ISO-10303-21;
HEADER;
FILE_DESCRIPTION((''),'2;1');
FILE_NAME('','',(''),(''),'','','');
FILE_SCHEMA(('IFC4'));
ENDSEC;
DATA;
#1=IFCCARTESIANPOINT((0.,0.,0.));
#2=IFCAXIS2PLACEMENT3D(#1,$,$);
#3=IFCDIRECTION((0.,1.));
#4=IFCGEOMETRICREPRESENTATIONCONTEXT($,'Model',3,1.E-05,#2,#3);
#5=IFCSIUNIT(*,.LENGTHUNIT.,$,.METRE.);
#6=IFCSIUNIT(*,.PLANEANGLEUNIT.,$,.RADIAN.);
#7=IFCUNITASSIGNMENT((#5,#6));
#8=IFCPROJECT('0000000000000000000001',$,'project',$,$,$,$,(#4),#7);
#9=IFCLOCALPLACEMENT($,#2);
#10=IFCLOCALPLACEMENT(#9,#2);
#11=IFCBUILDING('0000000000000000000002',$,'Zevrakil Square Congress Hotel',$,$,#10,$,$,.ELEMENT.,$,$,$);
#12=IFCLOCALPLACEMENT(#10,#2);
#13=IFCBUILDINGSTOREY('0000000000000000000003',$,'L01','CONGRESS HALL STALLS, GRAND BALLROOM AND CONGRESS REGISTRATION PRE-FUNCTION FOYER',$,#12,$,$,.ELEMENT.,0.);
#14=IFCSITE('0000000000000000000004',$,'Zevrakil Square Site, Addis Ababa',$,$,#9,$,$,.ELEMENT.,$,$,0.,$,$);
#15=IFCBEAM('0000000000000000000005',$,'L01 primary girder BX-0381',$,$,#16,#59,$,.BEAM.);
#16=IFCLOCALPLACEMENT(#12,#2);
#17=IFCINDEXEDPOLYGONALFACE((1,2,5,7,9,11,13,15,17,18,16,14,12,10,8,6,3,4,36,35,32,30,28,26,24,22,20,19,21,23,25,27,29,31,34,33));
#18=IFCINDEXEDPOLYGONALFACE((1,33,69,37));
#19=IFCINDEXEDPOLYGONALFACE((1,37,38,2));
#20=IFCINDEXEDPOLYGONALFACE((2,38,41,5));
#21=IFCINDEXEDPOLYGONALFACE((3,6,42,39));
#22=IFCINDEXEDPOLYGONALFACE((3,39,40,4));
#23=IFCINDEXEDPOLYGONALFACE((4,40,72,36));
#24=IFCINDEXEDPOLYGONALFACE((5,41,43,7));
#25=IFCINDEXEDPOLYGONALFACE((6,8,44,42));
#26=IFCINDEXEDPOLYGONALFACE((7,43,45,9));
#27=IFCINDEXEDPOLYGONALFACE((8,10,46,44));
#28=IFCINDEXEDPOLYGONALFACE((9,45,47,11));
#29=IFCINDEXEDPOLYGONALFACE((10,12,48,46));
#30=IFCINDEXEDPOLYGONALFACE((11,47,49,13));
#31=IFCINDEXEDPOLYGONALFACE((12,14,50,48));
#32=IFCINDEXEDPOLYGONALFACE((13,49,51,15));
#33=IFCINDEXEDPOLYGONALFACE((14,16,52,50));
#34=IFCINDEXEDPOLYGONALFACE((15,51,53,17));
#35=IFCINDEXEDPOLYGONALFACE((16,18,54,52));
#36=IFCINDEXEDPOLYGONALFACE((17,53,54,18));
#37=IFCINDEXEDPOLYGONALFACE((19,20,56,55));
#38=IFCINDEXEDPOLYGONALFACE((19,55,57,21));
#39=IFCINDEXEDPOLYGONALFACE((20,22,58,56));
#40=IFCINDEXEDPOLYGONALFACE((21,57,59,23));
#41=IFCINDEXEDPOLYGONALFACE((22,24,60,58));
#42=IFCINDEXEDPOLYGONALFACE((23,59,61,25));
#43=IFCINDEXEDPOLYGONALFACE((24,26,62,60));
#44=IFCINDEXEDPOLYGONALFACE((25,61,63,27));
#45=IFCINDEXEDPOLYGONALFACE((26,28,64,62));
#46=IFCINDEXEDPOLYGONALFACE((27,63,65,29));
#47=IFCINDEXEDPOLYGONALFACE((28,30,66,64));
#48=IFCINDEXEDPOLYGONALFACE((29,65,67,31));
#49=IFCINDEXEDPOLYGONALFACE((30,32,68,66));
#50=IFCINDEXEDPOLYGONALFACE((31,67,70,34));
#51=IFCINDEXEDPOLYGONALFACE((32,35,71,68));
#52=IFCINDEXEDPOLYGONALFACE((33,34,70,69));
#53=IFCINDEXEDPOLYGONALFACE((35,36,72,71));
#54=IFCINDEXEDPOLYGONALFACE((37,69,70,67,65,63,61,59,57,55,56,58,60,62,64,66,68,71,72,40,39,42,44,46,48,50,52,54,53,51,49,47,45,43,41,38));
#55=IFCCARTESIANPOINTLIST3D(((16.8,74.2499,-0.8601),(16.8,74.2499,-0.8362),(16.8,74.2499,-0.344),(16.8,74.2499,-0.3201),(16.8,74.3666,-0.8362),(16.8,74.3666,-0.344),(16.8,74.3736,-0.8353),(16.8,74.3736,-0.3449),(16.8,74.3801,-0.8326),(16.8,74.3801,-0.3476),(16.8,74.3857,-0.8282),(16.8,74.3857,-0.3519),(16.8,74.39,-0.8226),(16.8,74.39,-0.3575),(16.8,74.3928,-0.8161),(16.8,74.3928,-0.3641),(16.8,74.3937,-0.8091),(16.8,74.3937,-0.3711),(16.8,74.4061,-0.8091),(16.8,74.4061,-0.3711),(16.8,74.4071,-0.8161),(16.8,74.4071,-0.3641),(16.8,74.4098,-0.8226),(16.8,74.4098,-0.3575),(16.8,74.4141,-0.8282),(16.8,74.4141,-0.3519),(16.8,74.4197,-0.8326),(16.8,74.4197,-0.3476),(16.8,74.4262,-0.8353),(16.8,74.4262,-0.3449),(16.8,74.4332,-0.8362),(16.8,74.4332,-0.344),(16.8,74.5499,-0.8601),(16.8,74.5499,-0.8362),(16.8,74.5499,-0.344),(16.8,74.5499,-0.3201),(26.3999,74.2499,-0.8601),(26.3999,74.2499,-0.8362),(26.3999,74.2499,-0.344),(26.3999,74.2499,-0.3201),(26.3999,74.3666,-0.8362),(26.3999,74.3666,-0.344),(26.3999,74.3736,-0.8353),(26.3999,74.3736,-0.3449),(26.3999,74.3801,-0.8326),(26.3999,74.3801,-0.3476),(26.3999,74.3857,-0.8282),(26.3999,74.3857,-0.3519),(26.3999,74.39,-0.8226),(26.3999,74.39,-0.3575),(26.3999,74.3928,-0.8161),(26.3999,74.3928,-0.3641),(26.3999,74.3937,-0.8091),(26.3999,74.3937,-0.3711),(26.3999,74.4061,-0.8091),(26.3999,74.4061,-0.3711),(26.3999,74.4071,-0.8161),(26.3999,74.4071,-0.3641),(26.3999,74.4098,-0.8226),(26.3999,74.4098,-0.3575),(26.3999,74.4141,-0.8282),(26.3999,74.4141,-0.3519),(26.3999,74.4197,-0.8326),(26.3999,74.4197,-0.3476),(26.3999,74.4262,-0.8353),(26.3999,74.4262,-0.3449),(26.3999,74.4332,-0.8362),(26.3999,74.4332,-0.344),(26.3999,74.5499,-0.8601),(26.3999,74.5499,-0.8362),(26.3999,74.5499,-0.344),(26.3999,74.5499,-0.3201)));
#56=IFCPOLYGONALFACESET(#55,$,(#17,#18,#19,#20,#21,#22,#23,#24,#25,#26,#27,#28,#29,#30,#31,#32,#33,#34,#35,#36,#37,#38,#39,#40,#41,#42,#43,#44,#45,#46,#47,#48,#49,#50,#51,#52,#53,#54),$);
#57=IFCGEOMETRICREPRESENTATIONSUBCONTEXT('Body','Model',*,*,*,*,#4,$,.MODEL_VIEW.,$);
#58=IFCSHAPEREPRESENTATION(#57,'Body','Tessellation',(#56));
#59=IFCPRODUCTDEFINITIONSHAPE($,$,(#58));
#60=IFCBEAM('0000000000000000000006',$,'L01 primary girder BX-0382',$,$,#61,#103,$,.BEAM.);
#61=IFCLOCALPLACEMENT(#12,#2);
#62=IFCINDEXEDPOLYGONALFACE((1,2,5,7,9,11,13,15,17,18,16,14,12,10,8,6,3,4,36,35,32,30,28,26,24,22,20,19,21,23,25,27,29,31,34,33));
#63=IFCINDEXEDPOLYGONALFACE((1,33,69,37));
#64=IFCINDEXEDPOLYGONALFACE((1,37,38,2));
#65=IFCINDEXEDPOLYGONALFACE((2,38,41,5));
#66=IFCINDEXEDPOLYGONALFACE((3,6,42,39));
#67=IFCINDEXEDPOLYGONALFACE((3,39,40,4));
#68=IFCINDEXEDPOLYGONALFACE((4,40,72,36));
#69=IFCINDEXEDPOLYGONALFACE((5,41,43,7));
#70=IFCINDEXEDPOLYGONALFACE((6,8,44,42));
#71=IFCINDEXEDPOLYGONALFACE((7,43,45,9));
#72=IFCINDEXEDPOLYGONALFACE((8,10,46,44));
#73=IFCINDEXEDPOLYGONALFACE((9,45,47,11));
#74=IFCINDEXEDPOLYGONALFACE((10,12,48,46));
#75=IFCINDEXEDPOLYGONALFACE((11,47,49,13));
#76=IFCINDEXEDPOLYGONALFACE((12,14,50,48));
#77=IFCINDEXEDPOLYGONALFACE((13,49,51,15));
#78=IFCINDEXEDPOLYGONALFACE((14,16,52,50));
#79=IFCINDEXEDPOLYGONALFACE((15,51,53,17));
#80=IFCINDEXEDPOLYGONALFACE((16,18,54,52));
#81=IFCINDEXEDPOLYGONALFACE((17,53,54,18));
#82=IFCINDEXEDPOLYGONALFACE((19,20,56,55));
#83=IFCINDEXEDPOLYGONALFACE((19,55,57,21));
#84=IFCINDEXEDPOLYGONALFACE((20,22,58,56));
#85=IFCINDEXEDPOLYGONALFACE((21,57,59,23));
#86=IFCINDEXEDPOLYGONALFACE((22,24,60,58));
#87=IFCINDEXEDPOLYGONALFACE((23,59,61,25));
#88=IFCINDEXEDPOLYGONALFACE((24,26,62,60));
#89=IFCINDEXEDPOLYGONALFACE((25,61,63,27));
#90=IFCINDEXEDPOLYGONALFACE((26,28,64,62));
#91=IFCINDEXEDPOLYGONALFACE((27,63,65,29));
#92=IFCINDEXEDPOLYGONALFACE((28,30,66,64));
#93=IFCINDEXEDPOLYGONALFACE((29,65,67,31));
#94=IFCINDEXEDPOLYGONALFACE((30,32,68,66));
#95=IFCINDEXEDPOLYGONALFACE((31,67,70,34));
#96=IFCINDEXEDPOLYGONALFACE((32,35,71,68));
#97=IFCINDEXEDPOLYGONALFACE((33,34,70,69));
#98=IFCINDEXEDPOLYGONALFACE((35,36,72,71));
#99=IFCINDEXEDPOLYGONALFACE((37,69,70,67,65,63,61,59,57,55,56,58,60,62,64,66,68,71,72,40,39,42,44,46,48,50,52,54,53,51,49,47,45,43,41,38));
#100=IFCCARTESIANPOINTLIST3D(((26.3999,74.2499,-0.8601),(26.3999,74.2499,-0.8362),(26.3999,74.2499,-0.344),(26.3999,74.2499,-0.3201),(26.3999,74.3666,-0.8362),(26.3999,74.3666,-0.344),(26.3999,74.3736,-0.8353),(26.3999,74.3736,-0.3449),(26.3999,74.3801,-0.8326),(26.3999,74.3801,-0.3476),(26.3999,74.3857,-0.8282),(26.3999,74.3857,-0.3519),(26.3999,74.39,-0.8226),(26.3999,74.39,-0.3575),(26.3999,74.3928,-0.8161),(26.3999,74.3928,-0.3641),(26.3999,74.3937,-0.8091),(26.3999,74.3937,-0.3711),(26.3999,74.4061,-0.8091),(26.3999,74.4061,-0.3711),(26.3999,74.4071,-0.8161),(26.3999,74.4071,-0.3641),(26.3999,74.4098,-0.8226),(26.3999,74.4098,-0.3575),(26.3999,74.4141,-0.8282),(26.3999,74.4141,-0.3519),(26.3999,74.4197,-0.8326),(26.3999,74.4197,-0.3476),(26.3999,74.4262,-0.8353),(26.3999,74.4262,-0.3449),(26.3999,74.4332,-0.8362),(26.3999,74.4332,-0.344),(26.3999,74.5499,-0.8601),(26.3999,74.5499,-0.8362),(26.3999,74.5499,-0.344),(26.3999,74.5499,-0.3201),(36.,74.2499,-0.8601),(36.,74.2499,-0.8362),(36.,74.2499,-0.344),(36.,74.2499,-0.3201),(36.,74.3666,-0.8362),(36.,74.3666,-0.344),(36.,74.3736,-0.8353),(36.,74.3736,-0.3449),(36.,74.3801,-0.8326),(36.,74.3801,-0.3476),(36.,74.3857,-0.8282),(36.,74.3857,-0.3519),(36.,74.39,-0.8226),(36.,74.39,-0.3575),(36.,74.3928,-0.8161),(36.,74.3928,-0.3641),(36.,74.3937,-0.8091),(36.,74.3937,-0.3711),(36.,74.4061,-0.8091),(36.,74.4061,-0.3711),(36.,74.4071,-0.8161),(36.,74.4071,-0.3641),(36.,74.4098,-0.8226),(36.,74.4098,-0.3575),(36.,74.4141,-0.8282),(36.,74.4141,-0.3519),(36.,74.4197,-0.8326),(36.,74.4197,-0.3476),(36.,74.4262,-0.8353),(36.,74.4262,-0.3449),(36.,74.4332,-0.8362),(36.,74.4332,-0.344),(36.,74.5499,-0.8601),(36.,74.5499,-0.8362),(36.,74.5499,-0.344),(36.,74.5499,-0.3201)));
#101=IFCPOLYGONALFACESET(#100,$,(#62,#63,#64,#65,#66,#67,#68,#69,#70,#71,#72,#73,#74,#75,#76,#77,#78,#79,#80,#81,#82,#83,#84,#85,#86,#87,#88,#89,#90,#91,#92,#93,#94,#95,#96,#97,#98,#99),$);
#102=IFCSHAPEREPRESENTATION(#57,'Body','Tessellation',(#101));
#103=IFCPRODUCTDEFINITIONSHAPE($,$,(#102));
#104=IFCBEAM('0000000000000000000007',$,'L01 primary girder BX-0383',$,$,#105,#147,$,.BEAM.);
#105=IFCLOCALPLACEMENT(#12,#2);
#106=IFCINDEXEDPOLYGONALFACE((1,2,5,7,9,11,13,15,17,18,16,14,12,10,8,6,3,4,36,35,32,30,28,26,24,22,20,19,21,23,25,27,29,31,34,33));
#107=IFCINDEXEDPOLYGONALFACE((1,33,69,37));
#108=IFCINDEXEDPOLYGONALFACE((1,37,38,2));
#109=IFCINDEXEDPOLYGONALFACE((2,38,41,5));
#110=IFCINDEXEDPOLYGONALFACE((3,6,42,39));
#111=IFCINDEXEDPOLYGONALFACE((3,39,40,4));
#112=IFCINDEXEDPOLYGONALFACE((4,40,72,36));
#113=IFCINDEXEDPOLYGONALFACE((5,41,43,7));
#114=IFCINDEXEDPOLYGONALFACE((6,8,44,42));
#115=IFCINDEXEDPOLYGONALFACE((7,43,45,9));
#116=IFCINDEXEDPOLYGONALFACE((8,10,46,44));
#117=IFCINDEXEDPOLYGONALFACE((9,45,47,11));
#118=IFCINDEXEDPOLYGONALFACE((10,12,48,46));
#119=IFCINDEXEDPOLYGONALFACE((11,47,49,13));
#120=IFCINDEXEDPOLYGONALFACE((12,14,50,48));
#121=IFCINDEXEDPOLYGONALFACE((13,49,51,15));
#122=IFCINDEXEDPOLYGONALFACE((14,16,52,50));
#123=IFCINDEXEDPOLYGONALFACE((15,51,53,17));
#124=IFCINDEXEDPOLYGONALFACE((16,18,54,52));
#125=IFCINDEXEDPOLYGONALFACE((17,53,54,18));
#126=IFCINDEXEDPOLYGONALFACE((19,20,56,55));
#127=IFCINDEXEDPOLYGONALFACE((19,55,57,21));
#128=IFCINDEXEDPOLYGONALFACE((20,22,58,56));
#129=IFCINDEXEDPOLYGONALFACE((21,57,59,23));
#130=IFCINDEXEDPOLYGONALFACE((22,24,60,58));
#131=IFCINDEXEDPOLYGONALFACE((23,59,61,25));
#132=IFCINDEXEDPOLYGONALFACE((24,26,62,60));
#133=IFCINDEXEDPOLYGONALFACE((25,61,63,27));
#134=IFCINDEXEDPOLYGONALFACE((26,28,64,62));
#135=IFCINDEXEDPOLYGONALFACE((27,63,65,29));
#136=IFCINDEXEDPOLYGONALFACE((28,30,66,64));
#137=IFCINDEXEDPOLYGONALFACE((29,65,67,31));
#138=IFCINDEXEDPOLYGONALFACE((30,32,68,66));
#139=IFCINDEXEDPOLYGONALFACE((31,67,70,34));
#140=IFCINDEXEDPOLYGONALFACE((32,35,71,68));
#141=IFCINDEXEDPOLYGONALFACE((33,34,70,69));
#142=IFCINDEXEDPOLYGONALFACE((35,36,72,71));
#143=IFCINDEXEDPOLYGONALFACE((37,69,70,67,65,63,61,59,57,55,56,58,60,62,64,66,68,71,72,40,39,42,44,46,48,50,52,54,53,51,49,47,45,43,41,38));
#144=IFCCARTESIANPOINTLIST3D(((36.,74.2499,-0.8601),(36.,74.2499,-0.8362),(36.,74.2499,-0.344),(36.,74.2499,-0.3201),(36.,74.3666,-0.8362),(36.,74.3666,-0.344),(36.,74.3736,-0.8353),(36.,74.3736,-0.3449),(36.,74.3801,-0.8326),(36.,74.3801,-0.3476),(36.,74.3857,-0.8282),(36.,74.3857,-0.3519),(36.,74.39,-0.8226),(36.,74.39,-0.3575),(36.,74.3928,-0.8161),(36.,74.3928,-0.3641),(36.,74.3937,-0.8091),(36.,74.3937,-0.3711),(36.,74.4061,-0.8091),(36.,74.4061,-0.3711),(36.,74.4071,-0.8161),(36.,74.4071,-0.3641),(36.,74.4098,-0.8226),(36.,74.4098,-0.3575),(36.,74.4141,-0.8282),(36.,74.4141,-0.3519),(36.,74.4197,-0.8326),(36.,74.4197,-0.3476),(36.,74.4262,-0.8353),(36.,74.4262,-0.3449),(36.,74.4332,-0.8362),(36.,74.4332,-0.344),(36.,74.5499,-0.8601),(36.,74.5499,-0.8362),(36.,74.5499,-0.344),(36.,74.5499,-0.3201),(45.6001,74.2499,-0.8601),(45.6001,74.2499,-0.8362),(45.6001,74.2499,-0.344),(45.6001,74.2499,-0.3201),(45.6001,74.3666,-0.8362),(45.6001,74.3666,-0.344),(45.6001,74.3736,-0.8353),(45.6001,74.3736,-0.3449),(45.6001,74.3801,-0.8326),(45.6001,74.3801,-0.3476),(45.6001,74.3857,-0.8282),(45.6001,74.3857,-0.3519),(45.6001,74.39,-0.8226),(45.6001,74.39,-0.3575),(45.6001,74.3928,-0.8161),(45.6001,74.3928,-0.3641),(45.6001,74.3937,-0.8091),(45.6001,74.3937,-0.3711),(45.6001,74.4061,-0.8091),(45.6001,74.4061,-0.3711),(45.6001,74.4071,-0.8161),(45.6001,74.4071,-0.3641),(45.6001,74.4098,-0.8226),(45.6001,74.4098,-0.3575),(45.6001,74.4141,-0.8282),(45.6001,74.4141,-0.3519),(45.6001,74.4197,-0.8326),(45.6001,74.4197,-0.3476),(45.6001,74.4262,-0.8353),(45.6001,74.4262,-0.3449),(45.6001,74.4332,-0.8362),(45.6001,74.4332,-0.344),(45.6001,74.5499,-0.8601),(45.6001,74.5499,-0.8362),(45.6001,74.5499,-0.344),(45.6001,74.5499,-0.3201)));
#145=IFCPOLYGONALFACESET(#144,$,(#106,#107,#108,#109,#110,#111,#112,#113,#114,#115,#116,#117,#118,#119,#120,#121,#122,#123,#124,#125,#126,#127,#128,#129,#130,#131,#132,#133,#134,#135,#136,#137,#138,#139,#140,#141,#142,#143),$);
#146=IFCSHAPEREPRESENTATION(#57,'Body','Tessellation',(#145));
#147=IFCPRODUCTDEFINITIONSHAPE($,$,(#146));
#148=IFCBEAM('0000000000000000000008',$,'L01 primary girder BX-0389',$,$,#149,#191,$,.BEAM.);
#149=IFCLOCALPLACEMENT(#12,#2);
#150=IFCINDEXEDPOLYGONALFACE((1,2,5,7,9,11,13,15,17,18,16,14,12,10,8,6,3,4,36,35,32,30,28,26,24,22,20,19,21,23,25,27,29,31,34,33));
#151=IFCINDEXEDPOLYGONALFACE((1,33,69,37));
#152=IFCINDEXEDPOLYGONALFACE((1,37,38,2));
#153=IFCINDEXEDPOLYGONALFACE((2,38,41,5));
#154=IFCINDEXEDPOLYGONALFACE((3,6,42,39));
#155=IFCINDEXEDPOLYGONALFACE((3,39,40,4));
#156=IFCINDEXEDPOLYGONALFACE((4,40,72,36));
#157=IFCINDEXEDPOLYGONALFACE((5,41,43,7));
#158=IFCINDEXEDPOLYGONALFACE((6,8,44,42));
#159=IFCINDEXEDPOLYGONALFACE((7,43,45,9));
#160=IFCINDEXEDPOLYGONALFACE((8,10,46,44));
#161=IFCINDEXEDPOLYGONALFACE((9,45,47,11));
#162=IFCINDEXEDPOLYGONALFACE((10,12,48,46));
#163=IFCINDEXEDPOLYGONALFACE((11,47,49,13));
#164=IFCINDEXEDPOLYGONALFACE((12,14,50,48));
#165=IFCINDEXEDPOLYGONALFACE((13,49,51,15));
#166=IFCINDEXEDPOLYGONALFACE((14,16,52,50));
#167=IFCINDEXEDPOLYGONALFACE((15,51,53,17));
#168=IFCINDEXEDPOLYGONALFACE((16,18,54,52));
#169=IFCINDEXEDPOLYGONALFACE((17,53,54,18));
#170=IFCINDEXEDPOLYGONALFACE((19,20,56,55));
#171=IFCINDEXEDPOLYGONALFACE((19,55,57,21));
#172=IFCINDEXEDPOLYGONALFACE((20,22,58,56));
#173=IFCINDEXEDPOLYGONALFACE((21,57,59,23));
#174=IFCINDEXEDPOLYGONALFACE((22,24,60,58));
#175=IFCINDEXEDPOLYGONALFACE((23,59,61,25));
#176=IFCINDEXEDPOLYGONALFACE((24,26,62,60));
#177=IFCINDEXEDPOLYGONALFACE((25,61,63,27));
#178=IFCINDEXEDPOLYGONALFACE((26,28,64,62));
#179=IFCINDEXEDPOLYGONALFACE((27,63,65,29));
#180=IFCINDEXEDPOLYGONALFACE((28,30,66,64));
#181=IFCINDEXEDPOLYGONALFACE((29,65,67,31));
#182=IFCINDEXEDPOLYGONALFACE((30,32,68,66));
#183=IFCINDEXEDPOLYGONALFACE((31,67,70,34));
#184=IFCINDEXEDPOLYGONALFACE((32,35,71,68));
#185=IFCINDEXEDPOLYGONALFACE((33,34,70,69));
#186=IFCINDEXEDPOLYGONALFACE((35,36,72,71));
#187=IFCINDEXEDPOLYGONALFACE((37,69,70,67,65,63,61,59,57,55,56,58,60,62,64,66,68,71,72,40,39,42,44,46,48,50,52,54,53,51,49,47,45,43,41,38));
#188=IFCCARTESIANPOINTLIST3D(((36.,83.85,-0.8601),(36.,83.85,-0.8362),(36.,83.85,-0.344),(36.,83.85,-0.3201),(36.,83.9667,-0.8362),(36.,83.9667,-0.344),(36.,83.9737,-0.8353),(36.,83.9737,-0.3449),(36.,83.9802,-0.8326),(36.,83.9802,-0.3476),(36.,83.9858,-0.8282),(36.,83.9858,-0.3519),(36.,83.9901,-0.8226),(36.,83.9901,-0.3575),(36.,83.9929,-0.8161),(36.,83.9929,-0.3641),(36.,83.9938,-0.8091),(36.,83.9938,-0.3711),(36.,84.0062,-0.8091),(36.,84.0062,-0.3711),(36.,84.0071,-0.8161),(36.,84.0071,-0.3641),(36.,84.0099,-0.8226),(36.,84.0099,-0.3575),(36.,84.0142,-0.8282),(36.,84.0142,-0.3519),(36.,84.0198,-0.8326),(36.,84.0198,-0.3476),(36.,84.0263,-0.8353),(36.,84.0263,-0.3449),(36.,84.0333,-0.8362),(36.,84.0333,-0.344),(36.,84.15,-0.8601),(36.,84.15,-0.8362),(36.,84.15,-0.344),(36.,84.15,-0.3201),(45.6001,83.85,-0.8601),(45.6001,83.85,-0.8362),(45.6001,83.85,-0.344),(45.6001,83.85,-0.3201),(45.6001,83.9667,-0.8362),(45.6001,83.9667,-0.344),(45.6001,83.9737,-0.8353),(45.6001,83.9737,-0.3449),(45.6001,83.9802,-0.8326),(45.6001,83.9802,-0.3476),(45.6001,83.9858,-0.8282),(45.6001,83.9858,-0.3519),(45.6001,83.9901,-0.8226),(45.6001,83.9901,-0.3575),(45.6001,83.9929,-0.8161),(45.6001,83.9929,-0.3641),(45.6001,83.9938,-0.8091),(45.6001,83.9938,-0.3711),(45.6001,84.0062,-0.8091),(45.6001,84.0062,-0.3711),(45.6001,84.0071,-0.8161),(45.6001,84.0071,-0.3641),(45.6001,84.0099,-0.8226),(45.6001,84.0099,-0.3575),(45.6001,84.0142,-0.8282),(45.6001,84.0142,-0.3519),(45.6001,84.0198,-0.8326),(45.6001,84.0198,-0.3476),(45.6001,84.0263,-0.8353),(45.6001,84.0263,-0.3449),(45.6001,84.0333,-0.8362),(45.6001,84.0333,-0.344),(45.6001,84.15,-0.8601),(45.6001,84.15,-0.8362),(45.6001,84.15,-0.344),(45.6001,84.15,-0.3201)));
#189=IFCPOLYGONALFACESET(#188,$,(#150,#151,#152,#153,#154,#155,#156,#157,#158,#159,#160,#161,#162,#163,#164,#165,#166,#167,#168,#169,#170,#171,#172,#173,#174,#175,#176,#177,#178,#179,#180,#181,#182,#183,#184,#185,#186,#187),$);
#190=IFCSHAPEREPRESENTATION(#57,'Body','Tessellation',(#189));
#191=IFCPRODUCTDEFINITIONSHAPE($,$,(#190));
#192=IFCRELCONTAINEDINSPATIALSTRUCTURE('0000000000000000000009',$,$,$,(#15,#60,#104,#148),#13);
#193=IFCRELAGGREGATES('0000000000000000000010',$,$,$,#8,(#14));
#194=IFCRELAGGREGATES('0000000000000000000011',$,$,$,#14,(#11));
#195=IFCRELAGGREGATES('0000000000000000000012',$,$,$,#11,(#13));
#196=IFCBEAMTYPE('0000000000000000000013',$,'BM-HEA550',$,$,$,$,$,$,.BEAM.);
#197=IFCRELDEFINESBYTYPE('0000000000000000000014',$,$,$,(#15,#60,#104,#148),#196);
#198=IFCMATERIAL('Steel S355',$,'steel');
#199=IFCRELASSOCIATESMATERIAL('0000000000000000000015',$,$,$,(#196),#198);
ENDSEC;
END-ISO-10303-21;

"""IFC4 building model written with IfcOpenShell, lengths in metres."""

from ifc_helpers import new_model, si_unit, direction, frame, origin, origin_2d, place, context, subcontext, project, spatial, i_section, extrude, material, material_profile, profile_set, type_object, element, save


model = new_model("IFC4")

# Units and contexts
model_context = context("Model", 3, precision=1e-05, world=origin(), true_north=direction((0.0, 1.0)))
body_context = subcontext(model_context, "Body", "Model", "MODEL_VIEW")
ifc_project = project(units=[si_unit("LENGTHUNIT", "METRE"), si_unit("PLANEANGLEUNIT", "RADIAN")], contexts=[model_context])

# Site, building, storey
site_placement = place(None, origin())
site = spatial("IfcSite", under=ifc_project, at=site_placement, Name="Zevrakil Square Site, Addis Ababa", CompositionType="ELEMENT", RefElevation=0.0)
building_placement = place(site_placement, origin())
building = spatial("IfcBuilding", under=site, at=building_placement, Name="Zevrakil Square Congress Hotel", CompositionType="ELEMENT")
storey_placement = place(building_placement, origin())
storey = spatial("IfcBuildingStorey", under=building, at=storey_placement, Name="L01", Description="CONGRESS HALL STALLS, GRAND BALLROOM AND CONGRESS REGISTRATION PRE-FUNCTION FOYER", CompositionType="ELEMENT", Elevation=0.0)

# Beams
ifc_material_1 = material(Name="Steel S355", Category="steel")
ifc_material_profile_1 = material_profile(ifc_material_1, i_section(OverallWidth=0.3, OverallDepth=0.54, WebThickness=0.0125, FlangeThickness=0.0239, FilletRadius=0.0271, at=origin_2d()), Name="HEA 550")
ifc_profile_set_1 = profile_set([ifc_material_profile_1], Name="Steel S355")
beam_type_1 = type_object("IfcBeamType", Name="BM-HEA550", PredefinedType="BEAM", material=ifc_profile_set_1)
beam_placement = place(storey_placement, frame((16.8, 74.3999, -0.5901), z_axis=(1.0, 0.0, 0.0), x_axis=(0.0, 1.0, 0.0)))
element("IfcBeam", 1, at=beam_placement, inside=storey, type_object=beam_type_1, Name="L01 primary girder BX-0381", PredefinedType="BEAM", context=body_context, shape_type="SweptSolid", body=[
    extrude(i_section(OverallWidth=0.3, OverallDepth=0.54, WebThickness=0.0125, FlangeThickness=0.0239, FilletRadius=0.0271, at=origin_2d()), origin(), (0.0, 0.0, 1.0), 9.5999),
])
for number, where, z_axis, x_axis, name in (
    (2, (26.3999, 74.3999, -0.5901), (1.0, 0.0, 0.0), (0.0, 1.0, 0.0), "L01 primary girder BX-0382"),
    (3, (36.0, 74.3999, -0.5901), (1.0, 0.0, 0.0), (0.0, 1.0, 0.0), "L01 primary girder BX-0383"),
    (4, (36.0, 84.0, -0.5901), (1.0, 0.0, 0.0), (0.0, 1.0, 0.0), "L01 primary girder BX-0389"),
):
    element("IfcBeam", number, at=place(storey_placement, frame(where, z_axis=z_axis, x_axis=x_axis)), inside=storey, type_object=beam_type_1, Name=name, PredefinedType="BEAM", context=body_context, shape_type="SweptSolid", body=[
        extrude(i_section(OverallWidth=0.3, OverallDepth=0.54, WebThickness=0.0125, FlangeThickness=0.0239, FilletRadius=0.0271, at=origin_2d()), origin(), (0.0, 0.0, 1.0), 9.6001),
    ])

save(model, "model.ifc")
